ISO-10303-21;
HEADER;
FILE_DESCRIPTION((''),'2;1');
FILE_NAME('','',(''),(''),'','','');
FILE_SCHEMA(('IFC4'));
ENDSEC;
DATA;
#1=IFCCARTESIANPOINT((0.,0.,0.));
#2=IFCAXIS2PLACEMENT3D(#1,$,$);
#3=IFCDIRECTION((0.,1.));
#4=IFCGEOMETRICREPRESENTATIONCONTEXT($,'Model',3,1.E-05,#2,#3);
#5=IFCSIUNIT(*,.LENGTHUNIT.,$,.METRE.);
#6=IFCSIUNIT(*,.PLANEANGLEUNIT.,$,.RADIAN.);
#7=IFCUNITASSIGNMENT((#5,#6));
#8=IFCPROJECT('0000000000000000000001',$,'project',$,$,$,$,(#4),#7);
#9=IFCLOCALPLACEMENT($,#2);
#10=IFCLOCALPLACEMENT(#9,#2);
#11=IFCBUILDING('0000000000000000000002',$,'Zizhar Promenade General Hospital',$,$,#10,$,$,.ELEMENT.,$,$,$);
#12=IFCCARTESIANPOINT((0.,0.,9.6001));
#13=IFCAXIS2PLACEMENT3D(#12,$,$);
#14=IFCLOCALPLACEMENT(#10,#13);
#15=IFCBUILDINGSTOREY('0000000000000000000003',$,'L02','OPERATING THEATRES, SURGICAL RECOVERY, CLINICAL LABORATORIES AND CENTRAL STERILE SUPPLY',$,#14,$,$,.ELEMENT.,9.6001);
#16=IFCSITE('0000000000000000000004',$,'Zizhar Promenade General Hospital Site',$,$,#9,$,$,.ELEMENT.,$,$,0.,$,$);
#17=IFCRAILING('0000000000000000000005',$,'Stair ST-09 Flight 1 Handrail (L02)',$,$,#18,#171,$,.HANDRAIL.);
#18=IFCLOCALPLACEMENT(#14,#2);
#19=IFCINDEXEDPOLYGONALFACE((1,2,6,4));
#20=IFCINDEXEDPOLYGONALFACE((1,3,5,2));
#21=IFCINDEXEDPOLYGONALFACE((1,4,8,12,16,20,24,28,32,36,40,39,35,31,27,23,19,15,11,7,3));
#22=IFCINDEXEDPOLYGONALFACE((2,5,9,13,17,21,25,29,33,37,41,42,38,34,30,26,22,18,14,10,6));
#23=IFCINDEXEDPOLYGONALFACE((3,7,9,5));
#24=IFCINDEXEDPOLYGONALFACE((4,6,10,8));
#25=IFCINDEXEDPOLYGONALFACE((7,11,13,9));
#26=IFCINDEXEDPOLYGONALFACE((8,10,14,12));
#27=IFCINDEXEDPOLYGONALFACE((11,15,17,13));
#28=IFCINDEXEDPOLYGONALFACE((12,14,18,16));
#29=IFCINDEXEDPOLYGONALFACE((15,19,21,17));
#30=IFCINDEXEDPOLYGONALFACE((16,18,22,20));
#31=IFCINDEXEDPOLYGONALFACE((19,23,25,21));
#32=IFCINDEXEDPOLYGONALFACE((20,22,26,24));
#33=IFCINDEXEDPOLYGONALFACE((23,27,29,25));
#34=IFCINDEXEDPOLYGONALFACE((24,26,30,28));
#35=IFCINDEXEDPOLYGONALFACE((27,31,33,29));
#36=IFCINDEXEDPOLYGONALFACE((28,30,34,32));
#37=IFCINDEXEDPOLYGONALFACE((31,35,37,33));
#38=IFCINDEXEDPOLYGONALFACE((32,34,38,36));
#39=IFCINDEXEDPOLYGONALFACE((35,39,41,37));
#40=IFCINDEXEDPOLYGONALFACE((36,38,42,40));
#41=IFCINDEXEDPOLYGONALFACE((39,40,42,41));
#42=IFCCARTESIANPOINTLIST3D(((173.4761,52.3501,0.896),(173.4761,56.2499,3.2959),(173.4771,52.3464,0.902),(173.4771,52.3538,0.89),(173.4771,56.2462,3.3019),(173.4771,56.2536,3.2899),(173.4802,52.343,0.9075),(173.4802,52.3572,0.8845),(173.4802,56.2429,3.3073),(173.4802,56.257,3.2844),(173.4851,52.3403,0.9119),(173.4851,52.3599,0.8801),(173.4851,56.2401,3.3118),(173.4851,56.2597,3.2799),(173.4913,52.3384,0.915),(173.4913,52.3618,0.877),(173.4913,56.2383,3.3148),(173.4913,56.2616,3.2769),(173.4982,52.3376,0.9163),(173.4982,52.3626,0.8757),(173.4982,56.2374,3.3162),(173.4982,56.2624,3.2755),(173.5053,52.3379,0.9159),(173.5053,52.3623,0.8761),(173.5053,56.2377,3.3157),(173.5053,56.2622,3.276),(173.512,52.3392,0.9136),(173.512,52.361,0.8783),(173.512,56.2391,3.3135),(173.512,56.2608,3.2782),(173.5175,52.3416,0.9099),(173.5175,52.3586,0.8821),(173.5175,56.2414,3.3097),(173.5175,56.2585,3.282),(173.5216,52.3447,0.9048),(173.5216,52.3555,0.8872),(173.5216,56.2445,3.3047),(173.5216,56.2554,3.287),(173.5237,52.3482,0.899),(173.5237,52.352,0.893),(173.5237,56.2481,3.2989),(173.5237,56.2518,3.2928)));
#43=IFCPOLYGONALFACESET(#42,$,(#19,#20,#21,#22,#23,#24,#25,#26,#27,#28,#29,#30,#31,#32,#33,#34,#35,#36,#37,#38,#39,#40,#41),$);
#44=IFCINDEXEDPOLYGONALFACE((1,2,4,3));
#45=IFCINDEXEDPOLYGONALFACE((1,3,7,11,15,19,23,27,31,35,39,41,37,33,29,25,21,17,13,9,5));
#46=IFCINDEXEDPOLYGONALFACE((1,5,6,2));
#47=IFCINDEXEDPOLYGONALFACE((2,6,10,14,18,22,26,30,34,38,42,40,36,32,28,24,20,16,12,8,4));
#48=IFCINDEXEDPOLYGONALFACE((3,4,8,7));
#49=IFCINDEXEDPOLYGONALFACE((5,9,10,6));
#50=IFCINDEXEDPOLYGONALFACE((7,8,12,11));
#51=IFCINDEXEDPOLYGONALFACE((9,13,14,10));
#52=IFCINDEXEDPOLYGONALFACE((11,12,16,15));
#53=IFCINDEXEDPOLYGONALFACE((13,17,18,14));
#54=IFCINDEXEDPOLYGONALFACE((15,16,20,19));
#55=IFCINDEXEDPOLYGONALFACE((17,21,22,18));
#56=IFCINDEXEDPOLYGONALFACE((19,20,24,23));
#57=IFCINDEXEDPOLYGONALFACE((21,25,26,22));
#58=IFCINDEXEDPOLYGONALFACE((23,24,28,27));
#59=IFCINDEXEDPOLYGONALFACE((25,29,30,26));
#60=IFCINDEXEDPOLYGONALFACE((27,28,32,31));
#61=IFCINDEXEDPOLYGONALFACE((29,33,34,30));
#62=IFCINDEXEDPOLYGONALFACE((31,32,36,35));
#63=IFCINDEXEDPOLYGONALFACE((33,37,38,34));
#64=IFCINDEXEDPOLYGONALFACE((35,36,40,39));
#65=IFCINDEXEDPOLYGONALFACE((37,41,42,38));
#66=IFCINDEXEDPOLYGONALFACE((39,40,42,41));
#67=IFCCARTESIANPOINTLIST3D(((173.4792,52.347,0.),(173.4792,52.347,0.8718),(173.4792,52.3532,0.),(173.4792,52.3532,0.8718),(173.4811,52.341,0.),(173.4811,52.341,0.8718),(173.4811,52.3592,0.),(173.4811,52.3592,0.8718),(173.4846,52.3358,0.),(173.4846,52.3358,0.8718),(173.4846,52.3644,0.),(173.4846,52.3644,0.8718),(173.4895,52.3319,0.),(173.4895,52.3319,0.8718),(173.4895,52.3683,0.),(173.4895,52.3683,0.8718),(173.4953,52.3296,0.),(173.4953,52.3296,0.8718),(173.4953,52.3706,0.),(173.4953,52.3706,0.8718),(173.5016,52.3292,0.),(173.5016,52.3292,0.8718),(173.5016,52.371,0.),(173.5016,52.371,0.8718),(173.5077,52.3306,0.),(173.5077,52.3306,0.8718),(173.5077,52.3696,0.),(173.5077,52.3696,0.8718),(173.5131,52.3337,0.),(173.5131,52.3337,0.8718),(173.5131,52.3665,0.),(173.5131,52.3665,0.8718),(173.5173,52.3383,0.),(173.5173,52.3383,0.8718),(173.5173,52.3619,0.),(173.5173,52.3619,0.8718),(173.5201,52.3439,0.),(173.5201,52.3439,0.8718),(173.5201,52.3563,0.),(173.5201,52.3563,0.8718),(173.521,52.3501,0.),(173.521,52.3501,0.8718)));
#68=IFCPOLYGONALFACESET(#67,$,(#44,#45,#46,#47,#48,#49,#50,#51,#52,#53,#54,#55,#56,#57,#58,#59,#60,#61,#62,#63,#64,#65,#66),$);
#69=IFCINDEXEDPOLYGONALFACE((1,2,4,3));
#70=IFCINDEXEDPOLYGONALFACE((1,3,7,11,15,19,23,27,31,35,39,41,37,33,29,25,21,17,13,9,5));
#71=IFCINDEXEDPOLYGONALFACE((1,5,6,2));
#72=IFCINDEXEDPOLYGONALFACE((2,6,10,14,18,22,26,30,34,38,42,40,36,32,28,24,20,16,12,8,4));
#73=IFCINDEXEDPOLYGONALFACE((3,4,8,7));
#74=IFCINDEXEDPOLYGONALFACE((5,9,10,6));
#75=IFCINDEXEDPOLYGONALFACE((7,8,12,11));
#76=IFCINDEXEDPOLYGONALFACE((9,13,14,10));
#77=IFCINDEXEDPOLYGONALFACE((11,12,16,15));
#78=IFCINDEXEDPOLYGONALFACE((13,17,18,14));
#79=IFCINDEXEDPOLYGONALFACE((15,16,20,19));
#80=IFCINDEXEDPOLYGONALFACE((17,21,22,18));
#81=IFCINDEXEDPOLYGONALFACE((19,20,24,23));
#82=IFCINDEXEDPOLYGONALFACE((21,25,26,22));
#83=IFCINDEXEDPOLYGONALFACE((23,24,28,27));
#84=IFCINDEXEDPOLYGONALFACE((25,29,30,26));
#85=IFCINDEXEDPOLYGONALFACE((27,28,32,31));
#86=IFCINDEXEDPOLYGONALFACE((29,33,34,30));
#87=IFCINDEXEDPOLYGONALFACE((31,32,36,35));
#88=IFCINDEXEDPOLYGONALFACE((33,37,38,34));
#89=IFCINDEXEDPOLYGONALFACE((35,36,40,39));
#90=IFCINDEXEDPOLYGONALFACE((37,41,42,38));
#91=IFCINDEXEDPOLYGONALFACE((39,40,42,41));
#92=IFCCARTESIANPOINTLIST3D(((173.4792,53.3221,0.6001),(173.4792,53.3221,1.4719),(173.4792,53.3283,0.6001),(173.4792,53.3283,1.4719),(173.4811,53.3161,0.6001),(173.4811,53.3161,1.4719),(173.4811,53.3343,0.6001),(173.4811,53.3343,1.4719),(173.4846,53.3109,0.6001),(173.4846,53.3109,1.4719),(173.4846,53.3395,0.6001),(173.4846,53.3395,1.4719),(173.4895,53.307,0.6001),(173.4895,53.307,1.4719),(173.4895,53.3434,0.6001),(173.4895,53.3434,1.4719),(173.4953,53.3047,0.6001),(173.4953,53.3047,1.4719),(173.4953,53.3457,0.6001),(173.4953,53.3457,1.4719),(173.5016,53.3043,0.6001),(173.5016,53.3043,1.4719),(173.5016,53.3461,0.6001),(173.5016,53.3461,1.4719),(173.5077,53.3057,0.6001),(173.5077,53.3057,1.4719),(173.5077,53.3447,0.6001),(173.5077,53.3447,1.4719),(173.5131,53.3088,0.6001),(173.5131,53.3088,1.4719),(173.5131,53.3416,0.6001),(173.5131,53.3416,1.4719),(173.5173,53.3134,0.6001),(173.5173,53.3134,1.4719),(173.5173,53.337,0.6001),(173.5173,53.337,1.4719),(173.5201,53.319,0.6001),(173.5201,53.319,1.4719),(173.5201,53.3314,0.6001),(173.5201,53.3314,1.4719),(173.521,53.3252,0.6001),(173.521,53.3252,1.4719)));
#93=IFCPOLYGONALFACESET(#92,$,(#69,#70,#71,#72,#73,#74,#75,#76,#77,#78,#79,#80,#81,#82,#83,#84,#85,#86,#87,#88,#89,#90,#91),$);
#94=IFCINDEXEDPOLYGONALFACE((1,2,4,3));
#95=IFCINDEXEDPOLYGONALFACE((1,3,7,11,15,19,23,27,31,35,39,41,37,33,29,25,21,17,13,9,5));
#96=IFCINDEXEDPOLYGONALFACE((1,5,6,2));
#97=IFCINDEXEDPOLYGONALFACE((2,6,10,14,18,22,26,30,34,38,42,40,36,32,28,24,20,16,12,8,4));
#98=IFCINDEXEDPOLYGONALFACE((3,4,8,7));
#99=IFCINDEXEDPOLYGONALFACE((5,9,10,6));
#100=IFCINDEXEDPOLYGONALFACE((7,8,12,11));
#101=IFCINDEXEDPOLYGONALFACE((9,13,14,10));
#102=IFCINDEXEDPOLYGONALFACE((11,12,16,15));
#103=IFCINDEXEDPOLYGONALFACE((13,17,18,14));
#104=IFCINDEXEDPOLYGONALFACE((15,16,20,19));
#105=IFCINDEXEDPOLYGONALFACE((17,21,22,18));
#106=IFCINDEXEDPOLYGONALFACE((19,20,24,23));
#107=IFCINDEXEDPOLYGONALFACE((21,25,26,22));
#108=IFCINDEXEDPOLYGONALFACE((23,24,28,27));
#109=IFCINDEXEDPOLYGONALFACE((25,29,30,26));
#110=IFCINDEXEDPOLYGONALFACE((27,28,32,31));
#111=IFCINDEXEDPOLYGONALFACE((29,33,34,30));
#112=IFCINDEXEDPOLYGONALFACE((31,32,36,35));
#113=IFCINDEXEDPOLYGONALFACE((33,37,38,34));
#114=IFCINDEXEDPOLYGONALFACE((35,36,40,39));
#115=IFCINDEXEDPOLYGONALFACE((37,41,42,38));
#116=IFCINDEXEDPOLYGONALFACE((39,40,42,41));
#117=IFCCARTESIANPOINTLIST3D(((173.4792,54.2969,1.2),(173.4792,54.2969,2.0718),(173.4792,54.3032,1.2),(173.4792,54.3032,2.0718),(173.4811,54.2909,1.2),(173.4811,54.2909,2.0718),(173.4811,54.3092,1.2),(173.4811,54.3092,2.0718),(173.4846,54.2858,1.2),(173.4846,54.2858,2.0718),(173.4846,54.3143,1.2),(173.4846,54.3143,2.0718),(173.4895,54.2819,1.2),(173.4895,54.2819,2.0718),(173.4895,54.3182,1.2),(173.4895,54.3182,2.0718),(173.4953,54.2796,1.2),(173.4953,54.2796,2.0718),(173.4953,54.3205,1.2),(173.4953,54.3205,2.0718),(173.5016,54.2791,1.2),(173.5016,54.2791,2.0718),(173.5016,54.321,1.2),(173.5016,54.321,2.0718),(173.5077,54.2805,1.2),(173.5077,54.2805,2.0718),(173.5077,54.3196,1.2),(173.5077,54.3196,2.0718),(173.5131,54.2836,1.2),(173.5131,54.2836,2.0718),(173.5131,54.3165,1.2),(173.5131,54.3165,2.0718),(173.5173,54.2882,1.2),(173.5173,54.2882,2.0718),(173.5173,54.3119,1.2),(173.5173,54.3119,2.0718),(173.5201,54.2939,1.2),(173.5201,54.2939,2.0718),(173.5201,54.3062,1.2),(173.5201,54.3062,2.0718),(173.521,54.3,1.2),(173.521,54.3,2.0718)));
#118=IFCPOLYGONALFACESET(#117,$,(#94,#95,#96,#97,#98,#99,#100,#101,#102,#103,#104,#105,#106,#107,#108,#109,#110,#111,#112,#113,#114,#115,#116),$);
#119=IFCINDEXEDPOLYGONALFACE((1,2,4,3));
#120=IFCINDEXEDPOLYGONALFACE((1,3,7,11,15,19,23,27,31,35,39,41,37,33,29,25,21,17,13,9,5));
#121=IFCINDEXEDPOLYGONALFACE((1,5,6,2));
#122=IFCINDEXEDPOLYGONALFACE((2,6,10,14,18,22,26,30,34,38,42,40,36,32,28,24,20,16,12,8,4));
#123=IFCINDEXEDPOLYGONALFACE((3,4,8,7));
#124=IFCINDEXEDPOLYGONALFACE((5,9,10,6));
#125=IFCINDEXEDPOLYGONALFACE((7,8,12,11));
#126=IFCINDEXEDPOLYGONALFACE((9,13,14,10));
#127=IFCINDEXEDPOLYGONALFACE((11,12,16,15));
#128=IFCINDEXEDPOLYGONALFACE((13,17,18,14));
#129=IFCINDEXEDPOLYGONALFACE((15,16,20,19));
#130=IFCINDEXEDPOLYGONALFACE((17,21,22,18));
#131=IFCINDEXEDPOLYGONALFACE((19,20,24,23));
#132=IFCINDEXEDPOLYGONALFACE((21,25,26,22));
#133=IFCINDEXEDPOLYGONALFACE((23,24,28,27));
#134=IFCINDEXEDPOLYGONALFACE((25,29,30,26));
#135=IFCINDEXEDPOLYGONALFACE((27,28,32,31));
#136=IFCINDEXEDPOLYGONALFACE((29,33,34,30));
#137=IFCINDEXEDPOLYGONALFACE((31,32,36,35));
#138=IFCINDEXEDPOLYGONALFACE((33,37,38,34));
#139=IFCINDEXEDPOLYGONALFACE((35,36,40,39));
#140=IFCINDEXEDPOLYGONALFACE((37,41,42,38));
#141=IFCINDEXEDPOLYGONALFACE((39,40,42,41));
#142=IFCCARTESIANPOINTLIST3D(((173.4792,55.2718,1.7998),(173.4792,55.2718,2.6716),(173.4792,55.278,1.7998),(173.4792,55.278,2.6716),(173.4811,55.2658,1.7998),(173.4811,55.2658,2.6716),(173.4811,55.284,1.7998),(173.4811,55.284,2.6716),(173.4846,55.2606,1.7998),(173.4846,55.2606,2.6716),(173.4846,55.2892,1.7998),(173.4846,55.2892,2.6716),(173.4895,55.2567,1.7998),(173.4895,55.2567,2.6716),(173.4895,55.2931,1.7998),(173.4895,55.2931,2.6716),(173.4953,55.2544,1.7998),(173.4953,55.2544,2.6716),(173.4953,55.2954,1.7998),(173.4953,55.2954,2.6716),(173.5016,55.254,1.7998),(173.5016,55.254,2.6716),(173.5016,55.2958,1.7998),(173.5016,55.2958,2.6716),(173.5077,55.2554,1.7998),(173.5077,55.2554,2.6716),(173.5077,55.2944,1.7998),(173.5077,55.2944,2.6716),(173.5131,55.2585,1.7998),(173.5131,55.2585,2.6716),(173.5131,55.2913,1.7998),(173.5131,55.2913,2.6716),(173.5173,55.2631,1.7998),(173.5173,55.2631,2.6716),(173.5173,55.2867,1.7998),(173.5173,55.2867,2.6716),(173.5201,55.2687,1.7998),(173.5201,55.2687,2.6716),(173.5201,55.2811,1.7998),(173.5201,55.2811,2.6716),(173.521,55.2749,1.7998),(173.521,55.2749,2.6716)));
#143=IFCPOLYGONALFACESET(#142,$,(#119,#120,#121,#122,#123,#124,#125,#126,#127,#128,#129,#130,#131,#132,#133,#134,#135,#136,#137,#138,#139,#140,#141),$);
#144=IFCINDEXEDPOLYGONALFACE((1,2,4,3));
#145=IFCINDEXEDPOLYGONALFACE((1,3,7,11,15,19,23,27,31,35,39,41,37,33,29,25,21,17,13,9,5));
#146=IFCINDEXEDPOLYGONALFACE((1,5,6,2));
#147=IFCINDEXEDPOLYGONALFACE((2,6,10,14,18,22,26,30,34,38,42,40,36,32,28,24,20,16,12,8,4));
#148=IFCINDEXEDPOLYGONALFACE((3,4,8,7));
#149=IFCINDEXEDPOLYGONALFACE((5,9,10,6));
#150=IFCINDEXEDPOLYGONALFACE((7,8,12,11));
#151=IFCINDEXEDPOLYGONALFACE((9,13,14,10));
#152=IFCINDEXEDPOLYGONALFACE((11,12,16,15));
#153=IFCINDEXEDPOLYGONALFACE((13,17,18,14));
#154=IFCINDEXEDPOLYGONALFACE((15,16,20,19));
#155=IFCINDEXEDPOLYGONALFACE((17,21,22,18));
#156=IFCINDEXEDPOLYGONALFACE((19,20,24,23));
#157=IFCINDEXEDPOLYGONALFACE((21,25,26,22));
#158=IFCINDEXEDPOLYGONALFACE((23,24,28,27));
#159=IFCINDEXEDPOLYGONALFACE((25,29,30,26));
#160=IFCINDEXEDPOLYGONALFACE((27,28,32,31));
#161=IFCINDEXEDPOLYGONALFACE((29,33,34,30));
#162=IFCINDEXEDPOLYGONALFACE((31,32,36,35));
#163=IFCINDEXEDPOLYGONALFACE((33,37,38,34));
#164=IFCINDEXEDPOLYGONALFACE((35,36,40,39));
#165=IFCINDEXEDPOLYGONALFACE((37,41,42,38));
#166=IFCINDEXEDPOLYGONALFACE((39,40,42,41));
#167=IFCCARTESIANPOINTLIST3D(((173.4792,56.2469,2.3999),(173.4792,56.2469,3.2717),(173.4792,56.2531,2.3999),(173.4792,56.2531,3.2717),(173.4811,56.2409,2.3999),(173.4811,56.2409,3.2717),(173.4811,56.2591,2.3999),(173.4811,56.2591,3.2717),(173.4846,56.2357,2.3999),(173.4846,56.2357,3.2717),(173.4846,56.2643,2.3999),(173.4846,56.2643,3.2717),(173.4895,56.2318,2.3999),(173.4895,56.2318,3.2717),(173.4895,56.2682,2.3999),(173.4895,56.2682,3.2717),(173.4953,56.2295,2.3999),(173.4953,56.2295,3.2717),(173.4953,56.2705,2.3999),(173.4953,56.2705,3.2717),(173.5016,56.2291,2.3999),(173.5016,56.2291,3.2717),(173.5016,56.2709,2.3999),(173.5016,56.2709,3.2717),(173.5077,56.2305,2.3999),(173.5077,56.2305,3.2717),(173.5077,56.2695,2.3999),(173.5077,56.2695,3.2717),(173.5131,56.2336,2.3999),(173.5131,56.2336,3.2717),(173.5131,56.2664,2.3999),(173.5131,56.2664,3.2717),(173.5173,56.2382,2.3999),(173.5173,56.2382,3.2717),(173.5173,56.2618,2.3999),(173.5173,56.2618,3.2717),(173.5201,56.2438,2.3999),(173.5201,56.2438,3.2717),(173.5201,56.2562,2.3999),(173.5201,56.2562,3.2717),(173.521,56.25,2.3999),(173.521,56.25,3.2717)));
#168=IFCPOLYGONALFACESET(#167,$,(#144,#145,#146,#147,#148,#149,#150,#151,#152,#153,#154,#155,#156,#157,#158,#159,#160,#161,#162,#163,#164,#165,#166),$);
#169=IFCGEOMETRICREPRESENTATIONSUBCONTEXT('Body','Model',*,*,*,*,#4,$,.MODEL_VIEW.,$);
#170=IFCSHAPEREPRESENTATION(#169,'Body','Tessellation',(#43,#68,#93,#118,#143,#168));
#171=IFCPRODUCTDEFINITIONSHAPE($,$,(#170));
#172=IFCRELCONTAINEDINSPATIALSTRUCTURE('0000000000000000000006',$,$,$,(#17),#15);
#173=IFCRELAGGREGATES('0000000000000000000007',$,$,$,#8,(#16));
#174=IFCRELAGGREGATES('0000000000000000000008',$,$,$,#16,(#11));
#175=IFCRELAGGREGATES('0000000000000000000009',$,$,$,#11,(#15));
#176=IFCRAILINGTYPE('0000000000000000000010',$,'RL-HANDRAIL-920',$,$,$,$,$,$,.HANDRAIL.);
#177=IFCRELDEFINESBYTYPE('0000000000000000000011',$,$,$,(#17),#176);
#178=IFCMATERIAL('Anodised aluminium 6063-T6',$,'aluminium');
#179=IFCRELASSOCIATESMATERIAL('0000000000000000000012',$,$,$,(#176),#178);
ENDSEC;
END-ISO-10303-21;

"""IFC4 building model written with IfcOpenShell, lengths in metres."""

from ifc_helpers import new_model, si_unit, direction, frame, origin, origin_2d, place, context, subcontext, project, spatial, circle, hollow_circle, extrude, material, material_profile, profile_set, type_object, element, save


model = new_model("IFC4")

# Units and contexts
model_context = context("Model", 3, precision=1e-05, world=origin(), true_north=direction((0.0, 1.0)))
body_context = subcontext(model_context, "Body", "Model", "MODEL_VIEW")
ifc_project = project(units=[si_unit("LENGTHUNIT", "METRE"), si_unit("PLANEANGLEUNIT", "RADIAN")], contexts=[model_context])

# Site, building, storey
site_placement = place(None, origin())
site = spatial("IfcSite", under=ifc_project, at=site_placement, Name="Zizhar Promenade General Hospital Site", CompositionType="ELEMENT", RefElevation=0.0)
building_placement = place(site_placement, origin())
building = spatial("IfcBuilding", under=site, at=building_placement, Name="Zizhar Promenade General Hospital", CompositionType="ELEMENT")
storey_placement = place(building_placement, frame((0.0, 0.0, 9.6001)))
storey = spatial("IfcBuildingStorey", under=building, at=storey_placement, Name="L02", Description="OPERATING THEATRES, SURGICAL RECOVERY, CLINICAL LABORATORIES AND CENTRAL STERILE SUPPLY", CompositionType="ELEMENT", Elevation=9.6001)

# Railing
ifc_material_1 = material(Name="Anodised aluminium 6063-T6", Category="aluminium")
ifc_material_profile_1 = material_profile(ifc_material_1, hollow_circle(Radius=0.0698, WallThickness=0.0063, at=origin_2d()))
ifc_profile_set_1 = profile_set([ifc_material_profile_1], Name="Anodised aluminium 6063-T6")
railing_type_1 = type_object("IfcRailingType", Name="RL-HANDRAIL-920", PredefinedType="HANDRAIL", material=ifc_profile_set_1)
railing_1_placement = place(storey_placement, frame((173.5, 52.3501, 0.0)))
element("IfcRailing", 1, at=railing_1_placement, inside=storey, type_object=railing_type_1, Name="Stair ST-09 Flight 1 Handrail (L02)", PredefinedType="HANDRAIL", context=body_context, shape_type="SweptSolid", body=[
    extrude(circle(Radius=0.0239, at=origin_2d()), frame((0.0, 0.0, 0.896), z_axis=(0.0, 0.851662, 0.524091), x_axis=(-1.0, 0.0, 0.0)), (0.0, 0.0, 1.0), 4.5791),
    extrude(circle(Radius=0.021, at=origin_2d()), origin(), (0.0, 0.0, 1.0), 0.8718),
    extrude(circle(Radius=0.021, at=origin_2d()), frame((0.0, 0.9751, 0.6001)), (0.0, 0.0, 1.0), 0.8718),
    extrude(circle(Radius=0.021, at=origin_2d()), frame((0.0, 1.95, 1.2)), (0.0, 0.0, 1.0), 0.8718),
    extrude(circle(Radius=0.021, at=origin_2d()), frame((0.0, 2.9248, 1.7998)), (0.0, 0.0, 1.0), 0.8718),
    extrude(circle(Radius=0.021, at=origin_2d()), frame((0.0, 3.8999, 2.3999)), (0.0, 0.0, 1.0), 0.8718),
])

save(model, "model.ifc")
